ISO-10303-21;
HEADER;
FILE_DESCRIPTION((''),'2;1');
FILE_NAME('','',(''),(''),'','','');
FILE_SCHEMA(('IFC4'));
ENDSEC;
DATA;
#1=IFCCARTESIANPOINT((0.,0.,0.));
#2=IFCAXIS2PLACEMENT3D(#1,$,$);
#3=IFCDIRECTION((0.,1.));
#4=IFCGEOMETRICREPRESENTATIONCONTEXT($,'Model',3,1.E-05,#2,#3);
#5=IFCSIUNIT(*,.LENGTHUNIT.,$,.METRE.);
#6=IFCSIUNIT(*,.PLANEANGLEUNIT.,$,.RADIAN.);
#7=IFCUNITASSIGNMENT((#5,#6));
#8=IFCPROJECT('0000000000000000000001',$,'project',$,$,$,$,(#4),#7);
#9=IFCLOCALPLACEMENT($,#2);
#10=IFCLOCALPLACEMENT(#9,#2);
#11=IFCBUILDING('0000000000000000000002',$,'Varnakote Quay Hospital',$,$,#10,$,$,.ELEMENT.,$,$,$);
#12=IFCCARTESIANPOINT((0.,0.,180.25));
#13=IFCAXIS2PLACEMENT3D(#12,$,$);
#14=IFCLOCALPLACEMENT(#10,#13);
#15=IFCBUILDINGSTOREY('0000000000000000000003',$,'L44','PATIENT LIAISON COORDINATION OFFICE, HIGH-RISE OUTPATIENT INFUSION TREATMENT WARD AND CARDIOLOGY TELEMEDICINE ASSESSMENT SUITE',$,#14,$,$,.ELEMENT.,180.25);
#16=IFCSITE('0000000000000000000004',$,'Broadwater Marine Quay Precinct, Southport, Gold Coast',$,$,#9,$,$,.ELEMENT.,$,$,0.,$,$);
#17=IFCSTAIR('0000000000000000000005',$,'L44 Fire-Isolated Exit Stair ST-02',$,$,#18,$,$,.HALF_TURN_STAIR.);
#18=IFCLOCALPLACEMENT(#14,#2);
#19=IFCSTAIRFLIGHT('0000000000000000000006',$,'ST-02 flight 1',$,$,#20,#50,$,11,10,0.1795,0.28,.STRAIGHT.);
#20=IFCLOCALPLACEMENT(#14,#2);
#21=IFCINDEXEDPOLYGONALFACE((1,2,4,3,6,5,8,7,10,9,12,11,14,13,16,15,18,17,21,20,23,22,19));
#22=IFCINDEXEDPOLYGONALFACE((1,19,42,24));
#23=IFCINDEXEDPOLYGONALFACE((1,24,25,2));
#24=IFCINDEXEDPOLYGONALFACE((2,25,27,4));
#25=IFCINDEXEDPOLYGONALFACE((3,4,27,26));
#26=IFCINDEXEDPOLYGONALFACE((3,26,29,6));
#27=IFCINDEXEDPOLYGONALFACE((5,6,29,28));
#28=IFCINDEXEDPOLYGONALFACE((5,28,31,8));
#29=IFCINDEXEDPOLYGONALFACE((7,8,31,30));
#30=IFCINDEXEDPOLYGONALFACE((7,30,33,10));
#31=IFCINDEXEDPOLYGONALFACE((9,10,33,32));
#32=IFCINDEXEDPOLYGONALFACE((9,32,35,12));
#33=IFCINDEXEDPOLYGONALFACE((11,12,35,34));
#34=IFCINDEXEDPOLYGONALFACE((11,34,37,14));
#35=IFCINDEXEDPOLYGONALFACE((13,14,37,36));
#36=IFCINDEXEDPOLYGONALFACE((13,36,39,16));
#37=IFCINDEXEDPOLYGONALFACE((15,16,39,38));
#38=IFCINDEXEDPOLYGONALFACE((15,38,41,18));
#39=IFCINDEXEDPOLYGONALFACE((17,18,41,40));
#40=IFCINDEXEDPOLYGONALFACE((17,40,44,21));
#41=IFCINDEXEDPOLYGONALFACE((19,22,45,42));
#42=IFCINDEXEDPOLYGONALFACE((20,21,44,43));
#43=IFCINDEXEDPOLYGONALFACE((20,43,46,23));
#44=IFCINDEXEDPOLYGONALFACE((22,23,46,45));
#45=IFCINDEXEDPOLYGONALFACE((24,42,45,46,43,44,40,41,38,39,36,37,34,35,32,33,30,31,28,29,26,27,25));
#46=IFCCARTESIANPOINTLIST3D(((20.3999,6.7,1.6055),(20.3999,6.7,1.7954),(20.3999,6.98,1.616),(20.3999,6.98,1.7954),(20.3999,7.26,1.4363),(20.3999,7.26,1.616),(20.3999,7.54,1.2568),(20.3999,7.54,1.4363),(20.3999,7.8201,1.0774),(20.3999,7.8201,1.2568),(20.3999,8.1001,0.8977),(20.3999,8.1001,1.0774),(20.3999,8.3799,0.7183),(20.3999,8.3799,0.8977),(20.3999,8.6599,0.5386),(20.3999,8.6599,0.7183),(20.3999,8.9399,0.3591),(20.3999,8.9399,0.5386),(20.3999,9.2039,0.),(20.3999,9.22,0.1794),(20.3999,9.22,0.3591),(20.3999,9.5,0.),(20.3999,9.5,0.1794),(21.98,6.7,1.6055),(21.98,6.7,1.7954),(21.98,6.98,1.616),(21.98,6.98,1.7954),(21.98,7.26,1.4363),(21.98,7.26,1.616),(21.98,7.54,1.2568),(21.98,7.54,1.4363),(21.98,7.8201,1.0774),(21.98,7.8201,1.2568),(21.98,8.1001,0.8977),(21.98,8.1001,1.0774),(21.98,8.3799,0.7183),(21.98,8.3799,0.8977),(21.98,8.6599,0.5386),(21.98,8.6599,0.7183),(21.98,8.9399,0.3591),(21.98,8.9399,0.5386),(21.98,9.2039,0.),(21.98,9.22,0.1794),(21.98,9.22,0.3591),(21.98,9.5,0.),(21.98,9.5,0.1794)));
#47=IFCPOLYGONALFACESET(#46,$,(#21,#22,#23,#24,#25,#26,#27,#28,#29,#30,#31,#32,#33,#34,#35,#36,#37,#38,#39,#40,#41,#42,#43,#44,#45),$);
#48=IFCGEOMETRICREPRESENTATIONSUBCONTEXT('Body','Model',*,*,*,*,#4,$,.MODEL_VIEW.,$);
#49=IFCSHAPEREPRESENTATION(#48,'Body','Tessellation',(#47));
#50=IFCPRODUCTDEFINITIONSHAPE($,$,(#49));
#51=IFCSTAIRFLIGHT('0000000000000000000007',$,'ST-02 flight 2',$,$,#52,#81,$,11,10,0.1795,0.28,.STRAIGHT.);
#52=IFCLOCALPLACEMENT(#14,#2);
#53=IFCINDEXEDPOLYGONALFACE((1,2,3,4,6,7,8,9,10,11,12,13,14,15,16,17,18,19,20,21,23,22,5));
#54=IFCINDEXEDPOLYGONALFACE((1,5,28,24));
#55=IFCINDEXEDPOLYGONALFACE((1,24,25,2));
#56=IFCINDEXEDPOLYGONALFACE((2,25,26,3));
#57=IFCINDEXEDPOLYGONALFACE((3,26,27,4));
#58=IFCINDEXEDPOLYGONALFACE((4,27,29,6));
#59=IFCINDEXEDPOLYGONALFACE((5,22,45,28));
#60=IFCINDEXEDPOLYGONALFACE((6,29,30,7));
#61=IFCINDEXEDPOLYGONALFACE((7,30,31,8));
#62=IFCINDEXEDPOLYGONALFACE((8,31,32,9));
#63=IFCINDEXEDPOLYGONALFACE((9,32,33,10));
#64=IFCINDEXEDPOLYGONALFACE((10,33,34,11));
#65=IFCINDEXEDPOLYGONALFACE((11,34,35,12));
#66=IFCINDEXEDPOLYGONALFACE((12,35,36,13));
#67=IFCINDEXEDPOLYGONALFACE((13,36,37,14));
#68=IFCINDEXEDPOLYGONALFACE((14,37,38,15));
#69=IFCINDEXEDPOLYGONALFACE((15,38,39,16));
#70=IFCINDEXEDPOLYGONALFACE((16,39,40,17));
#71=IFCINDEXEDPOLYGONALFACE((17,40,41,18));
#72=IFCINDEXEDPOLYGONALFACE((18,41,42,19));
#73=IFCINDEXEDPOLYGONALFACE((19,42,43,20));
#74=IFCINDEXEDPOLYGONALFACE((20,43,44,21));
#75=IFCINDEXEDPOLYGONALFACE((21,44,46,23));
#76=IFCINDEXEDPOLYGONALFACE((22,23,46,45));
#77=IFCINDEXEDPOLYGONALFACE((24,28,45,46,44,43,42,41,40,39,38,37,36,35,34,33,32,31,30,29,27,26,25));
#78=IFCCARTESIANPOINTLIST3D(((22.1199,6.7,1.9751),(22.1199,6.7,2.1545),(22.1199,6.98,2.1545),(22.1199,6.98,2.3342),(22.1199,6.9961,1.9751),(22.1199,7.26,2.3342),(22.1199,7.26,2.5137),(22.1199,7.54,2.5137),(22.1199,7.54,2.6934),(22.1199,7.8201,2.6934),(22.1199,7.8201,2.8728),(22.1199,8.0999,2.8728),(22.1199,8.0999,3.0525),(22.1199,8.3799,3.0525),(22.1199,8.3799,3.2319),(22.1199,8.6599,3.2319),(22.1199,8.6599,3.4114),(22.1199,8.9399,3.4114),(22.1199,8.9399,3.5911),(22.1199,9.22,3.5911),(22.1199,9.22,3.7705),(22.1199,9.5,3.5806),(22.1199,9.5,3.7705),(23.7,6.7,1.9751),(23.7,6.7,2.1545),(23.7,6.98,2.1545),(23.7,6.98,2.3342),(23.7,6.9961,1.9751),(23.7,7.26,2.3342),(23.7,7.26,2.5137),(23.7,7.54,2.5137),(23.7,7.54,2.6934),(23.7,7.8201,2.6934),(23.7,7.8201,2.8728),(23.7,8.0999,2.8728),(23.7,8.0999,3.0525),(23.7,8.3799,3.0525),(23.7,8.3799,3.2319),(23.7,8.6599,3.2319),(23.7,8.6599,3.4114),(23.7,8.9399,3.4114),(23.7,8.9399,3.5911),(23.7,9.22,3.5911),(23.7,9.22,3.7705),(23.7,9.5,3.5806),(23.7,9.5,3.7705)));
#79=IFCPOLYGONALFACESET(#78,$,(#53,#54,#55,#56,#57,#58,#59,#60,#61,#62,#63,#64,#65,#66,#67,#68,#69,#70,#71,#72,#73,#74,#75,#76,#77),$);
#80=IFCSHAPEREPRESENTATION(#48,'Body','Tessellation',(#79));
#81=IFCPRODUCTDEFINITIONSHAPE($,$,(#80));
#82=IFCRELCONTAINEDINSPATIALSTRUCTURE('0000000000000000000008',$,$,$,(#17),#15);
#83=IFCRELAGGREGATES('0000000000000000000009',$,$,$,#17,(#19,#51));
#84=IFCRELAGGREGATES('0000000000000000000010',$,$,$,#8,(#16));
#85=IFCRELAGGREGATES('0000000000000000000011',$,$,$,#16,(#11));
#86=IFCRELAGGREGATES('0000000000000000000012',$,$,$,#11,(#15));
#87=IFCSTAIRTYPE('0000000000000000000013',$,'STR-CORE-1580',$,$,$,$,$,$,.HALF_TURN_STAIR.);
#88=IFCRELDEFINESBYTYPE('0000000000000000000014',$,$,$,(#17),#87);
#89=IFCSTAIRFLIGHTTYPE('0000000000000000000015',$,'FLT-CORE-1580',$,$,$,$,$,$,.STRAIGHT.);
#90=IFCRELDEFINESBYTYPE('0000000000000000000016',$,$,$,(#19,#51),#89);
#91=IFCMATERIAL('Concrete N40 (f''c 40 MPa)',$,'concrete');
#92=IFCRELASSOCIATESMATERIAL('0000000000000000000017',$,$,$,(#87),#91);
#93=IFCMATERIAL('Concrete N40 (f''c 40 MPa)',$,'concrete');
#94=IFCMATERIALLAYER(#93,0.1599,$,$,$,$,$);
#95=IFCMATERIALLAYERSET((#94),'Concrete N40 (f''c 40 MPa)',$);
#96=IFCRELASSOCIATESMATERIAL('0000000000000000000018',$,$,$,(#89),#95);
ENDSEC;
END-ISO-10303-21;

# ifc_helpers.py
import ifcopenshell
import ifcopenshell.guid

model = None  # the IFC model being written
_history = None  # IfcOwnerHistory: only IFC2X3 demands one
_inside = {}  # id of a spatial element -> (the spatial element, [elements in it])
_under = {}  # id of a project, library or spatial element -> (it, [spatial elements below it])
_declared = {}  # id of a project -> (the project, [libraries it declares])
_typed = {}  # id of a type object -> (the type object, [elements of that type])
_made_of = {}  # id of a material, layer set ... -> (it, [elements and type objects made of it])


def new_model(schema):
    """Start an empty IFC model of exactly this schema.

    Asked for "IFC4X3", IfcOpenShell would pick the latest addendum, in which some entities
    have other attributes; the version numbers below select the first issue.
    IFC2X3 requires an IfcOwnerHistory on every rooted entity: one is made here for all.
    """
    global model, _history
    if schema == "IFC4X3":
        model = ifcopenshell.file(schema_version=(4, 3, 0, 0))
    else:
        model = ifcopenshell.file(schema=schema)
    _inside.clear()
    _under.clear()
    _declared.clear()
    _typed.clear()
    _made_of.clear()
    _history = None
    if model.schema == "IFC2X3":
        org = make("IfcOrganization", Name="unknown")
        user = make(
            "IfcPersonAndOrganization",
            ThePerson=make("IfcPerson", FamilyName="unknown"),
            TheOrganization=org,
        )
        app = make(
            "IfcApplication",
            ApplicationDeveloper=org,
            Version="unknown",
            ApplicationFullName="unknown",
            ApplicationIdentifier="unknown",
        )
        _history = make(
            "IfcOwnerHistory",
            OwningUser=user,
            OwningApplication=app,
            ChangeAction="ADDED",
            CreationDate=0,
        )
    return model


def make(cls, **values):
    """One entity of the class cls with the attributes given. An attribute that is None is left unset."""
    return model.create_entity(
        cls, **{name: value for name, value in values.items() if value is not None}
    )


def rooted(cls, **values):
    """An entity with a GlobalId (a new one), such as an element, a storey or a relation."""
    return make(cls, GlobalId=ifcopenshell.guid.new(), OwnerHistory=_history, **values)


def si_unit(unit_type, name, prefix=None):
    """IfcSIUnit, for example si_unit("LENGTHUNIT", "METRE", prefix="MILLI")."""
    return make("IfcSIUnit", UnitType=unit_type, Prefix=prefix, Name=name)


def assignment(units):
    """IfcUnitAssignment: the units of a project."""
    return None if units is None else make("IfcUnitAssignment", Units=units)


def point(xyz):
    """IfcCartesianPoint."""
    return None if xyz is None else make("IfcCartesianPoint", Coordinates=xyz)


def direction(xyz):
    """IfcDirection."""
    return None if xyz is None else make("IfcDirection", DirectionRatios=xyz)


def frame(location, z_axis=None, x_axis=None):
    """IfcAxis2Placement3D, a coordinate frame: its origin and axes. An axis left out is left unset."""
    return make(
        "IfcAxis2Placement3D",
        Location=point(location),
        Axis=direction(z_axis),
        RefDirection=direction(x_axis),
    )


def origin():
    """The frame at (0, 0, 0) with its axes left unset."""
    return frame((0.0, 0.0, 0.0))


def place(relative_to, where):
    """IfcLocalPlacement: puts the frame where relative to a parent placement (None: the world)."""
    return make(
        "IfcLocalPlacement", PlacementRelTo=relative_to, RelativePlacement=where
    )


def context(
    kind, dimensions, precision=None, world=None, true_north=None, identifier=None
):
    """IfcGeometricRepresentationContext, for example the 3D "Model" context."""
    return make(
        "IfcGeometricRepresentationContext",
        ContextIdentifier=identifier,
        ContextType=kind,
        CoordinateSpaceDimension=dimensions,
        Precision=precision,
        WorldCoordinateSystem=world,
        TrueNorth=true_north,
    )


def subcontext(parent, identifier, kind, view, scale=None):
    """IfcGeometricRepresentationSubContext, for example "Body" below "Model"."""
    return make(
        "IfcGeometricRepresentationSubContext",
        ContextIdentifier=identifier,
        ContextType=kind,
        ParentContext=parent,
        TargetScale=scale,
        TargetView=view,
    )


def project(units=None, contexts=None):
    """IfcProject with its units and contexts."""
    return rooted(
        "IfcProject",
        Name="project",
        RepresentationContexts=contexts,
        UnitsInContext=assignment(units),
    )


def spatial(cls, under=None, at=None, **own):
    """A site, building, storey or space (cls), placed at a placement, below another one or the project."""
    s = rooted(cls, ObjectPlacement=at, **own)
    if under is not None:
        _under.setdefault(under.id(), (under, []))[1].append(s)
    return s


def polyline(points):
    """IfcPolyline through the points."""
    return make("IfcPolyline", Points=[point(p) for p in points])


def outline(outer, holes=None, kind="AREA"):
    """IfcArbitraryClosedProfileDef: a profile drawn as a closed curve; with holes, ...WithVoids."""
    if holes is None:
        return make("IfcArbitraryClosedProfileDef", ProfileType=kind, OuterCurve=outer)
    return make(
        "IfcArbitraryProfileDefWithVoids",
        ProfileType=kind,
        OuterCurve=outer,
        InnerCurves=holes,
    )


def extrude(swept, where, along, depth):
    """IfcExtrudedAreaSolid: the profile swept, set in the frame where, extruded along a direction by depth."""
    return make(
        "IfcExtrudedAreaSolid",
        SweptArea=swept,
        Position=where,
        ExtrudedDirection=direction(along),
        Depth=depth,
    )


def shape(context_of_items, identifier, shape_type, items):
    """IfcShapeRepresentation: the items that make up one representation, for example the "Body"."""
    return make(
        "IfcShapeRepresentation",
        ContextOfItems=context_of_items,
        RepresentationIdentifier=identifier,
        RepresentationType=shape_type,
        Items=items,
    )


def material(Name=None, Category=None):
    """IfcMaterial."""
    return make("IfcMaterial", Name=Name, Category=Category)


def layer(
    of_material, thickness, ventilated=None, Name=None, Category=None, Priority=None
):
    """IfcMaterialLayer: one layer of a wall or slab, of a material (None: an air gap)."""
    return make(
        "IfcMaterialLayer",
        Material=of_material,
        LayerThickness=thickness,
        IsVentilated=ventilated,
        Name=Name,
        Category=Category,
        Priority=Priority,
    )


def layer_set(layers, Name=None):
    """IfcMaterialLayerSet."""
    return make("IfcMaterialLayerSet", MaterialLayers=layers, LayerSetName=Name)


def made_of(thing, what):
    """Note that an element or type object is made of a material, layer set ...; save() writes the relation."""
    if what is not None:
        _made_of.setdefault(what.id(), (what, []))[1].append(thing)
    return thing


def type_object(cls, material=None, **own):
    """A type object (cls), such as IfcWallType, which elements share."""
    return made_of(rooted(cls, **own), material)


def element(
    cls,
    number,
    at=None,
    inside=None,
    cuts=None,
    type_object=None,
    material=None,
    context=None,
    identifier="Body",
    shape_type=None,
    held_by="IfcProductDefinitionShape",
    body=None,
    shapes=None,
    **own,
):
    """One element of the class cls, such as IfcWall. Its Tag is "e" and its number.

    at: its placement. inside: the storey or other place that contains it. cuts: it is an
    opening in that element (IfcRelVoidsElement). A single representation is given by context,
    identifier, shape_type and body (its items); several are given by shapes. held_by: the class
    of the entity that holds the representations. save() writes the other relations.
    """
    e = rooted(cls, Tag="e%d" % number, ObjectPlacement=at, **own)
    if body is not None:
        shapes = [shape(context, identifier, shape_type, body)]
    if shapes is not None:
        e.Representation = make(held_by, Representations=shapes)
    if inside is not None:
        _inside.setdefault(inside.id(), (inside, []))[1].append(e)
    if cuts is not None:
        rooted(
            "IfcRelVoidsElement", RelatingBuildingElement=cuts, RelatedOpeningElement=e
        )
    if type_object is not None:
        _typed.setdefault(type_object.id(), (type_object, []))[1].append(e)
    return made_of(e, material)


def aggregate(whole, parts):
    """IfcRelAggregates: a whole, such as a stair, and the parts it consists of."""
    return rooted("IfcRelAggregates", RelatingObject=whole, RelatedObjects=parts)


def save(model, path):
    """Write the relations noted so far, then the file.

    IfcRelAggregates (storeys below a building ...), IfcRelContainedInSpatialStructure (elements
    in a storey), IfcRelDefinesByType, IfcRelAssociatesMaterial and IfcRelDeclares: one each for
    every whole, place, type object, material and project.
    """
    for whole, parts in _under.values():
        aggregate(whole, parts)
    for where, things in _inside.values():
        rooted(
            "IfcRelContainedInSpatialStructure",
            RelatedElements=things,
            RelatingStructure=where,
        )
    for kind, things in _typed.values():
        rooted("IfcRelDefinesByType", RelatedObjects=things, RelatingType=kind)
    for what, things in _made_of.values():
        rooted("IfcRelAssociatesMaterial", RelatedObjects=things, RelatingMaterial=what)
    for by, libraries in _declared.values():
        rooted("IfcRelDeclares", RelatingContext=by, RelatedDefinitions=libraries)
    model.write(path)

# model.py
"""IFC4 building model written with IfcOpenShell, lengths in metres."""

from ifc_helpers import new_model, si_unit, direction, frame, origin, place, context, subcontext, project, spatial, polyline, outline, extrude, material, layer, layer_set, type_object, element, aggregate, save


model = new_model("IFC4")

# Units and contexts
model_context = context("Model", 3, precision=1e-05, world=origin(), true_north=direction((0.0, 1.0)))
body_context = subcontext(model_context, "Body", "Model", "MODEL_VIEW")
ifc_project = project(units=[si_unit("LENGTHUNIT", "METRE"), si_unit("PLANEANGLEUNIT", "RADIAN")], contexts=[model_context])

# Site, building, storey
site_placement = place(None, origin())
site = spatial("IfcSite", under=ifc_project, at=site_placement, Name="Broadwater Marine Quay Precinct, Southport, Gold Coast", CompositionType="ELEMENT", RefElevation=0.0)
building_placement = place(site_placement, origin())
building = spatial("IfcBuilding", under=site, at=building_placement, Name="Varnakote Quay Hospital", CompositionType="ELEMENT")
storey_placement = place(building_placement, frame((0.0, 0.0, 180.25)))
storey = spatial("IfcBuildingStorey", under=building, at=storey_placement, Name="L44", Description="PATIENT LIAISON COORDINATION OFFICE, HIGH-RISE OUTPATIENT INFUSION TREATMENT WARD AND CARDIOLOGY TELEMEDICINE ASSESSMENT SUITE", CompositionType="ELEMENT", Elevation=180.25)

# Stair, stair flights
ifc_material_1 = material(Name="Concrete N40 (f'c 40 MPa)", Category="concrete")
stair_type = type_object("IfcStairType", Name="STR-CORE-1580", PredefinedType="HALF_TURN_STAIR", material=ifc_material_1)
stair_placement = place(storey_placement, origin())
stair = element("IfcStair", 1, at=stair_placement, inside=storey, type_object=stair_type, Name="L44 Fire-Isolated Exit Stair ST-02", PredefinedType="HALF_TURN_STAIR")
ifc_material_2 = material(Name="Concrete N40 (f'c 40 MPa)", Category="concrete")
ifc_layer_1 = layer(ifc_material_2, 0.1599)
ifc_layer_set_1 = layer_set([ifc_layer_1], Name="Concrete N40 (f'c 40 MPa)")
stair_flight_type = type_object("IfcStairFlightType", Name="FLT-CORE-1580", PredefinedType="STRAIGHT", material=ifc_layer_set_1)
stair_flight_1_placement = place(storey_placement, frame((21.1899, 9.5, 0.0), z_axis=(0.0, 0.0, 1.0), x_axis=(0.0, -1.0, 0.0)))
stair_flight_1 = element("IfcStairFlight", 2, at=stair_flight_1_placement, type_object=stair_flight_type, Name="ST-02 flight 1", NumberOfRisers=11, NumberOfTreads=10, PredefinedType="STRAIGHT", RiserHeight=0.1795, TreadLength=0.28, context=body_context, shape_type="SweptSolid", body=[
    extrude(outline(polyline([(0.0, 0.0), (0.0, 0.1794), (0.28, 0.1794), (0.28, 0.3591), (0.5601, 0.3591), (0.5601, 0.5386), (0.8401, 0.5386), (0.8401, 0.7183), (1.1201, 0.7183), (1.1201, 0.8977), (1.3999, 0.8977), (1.3999, 1.0774), (1.6799, 1.0774), (1.6799, 1.2568), (1.96, 1.2568), (1.96, 1.4363), (2.24, 1.4363), (2.24, 1.616), (2.52, 1.616), (2.52, 1.7954), (2.8, 1.7954), (2.8, 1.9751), (2.8, 1.6055), (0.2961, 0.0), (0.0, 0.0)])), frame((0.0, 0.79, 0.0), z_axis=(0.0, -1.0, 0.0), x_axis=(1.0, 0.0, 0.0)), (0.0, 0.0, 1.0), 1.5801),
])
stair_flight_2_placement = place(storey_placement, frame((22.9099, 6.7, 1.9751), z_axis=(0.0, 0.0, 1.0), x_axis=(0.0, 1.0, 0.0)))
stair_flight_2 = element("IfcStairFlight", 3, at=stair_flight_2_placement, type_object=stair_flight_type, Name="ST-02 flight 2", NumberOfRisers=11, NumberOfTreads=10, PredefinedType="STRAIGHT", RiserHeight=0.1795, TreadLength=0.28, context=body_context, shape_type="SweptSolid", body=[
    extrude(outline(polyline([(0.0, 0.0), (0.0, 0.1794), (0.28, 0.1794), (0.28, 0.3591), (0.5601, 0.3591), (0.5601, 0.5386), (0.8401, 0.5386), (0.8401, 0.7183), (1.1201, 0.7183), (1.1201, 0.8977), (1.3999, 0.8977), (1.3999, 1.0774), (1.6799, 1.0774), (1.6799, 1.2568), (1.96, 1.2568), (1.96, 1.4363), (2.24, 1.4363), (2.24, 1.616), (2.52, 1.616), (2.52, 1.7954), (2.8, 1.7954), (2.8, 1.9751), (2.8, 1.6055), (0.2961, 0.0), (0.0, 0.0)])), frame((0.0, 0.79, 0.0), z_axis=(0.0, -1.0, 0.0), x_axis=(1.0, 0.0, 0.0)), (0.0, 0.0, 1.0), 1.5801),
])
aggregate(stair, [stair_flight_1, stair_flight_2])

save(model, "model.ifc")
